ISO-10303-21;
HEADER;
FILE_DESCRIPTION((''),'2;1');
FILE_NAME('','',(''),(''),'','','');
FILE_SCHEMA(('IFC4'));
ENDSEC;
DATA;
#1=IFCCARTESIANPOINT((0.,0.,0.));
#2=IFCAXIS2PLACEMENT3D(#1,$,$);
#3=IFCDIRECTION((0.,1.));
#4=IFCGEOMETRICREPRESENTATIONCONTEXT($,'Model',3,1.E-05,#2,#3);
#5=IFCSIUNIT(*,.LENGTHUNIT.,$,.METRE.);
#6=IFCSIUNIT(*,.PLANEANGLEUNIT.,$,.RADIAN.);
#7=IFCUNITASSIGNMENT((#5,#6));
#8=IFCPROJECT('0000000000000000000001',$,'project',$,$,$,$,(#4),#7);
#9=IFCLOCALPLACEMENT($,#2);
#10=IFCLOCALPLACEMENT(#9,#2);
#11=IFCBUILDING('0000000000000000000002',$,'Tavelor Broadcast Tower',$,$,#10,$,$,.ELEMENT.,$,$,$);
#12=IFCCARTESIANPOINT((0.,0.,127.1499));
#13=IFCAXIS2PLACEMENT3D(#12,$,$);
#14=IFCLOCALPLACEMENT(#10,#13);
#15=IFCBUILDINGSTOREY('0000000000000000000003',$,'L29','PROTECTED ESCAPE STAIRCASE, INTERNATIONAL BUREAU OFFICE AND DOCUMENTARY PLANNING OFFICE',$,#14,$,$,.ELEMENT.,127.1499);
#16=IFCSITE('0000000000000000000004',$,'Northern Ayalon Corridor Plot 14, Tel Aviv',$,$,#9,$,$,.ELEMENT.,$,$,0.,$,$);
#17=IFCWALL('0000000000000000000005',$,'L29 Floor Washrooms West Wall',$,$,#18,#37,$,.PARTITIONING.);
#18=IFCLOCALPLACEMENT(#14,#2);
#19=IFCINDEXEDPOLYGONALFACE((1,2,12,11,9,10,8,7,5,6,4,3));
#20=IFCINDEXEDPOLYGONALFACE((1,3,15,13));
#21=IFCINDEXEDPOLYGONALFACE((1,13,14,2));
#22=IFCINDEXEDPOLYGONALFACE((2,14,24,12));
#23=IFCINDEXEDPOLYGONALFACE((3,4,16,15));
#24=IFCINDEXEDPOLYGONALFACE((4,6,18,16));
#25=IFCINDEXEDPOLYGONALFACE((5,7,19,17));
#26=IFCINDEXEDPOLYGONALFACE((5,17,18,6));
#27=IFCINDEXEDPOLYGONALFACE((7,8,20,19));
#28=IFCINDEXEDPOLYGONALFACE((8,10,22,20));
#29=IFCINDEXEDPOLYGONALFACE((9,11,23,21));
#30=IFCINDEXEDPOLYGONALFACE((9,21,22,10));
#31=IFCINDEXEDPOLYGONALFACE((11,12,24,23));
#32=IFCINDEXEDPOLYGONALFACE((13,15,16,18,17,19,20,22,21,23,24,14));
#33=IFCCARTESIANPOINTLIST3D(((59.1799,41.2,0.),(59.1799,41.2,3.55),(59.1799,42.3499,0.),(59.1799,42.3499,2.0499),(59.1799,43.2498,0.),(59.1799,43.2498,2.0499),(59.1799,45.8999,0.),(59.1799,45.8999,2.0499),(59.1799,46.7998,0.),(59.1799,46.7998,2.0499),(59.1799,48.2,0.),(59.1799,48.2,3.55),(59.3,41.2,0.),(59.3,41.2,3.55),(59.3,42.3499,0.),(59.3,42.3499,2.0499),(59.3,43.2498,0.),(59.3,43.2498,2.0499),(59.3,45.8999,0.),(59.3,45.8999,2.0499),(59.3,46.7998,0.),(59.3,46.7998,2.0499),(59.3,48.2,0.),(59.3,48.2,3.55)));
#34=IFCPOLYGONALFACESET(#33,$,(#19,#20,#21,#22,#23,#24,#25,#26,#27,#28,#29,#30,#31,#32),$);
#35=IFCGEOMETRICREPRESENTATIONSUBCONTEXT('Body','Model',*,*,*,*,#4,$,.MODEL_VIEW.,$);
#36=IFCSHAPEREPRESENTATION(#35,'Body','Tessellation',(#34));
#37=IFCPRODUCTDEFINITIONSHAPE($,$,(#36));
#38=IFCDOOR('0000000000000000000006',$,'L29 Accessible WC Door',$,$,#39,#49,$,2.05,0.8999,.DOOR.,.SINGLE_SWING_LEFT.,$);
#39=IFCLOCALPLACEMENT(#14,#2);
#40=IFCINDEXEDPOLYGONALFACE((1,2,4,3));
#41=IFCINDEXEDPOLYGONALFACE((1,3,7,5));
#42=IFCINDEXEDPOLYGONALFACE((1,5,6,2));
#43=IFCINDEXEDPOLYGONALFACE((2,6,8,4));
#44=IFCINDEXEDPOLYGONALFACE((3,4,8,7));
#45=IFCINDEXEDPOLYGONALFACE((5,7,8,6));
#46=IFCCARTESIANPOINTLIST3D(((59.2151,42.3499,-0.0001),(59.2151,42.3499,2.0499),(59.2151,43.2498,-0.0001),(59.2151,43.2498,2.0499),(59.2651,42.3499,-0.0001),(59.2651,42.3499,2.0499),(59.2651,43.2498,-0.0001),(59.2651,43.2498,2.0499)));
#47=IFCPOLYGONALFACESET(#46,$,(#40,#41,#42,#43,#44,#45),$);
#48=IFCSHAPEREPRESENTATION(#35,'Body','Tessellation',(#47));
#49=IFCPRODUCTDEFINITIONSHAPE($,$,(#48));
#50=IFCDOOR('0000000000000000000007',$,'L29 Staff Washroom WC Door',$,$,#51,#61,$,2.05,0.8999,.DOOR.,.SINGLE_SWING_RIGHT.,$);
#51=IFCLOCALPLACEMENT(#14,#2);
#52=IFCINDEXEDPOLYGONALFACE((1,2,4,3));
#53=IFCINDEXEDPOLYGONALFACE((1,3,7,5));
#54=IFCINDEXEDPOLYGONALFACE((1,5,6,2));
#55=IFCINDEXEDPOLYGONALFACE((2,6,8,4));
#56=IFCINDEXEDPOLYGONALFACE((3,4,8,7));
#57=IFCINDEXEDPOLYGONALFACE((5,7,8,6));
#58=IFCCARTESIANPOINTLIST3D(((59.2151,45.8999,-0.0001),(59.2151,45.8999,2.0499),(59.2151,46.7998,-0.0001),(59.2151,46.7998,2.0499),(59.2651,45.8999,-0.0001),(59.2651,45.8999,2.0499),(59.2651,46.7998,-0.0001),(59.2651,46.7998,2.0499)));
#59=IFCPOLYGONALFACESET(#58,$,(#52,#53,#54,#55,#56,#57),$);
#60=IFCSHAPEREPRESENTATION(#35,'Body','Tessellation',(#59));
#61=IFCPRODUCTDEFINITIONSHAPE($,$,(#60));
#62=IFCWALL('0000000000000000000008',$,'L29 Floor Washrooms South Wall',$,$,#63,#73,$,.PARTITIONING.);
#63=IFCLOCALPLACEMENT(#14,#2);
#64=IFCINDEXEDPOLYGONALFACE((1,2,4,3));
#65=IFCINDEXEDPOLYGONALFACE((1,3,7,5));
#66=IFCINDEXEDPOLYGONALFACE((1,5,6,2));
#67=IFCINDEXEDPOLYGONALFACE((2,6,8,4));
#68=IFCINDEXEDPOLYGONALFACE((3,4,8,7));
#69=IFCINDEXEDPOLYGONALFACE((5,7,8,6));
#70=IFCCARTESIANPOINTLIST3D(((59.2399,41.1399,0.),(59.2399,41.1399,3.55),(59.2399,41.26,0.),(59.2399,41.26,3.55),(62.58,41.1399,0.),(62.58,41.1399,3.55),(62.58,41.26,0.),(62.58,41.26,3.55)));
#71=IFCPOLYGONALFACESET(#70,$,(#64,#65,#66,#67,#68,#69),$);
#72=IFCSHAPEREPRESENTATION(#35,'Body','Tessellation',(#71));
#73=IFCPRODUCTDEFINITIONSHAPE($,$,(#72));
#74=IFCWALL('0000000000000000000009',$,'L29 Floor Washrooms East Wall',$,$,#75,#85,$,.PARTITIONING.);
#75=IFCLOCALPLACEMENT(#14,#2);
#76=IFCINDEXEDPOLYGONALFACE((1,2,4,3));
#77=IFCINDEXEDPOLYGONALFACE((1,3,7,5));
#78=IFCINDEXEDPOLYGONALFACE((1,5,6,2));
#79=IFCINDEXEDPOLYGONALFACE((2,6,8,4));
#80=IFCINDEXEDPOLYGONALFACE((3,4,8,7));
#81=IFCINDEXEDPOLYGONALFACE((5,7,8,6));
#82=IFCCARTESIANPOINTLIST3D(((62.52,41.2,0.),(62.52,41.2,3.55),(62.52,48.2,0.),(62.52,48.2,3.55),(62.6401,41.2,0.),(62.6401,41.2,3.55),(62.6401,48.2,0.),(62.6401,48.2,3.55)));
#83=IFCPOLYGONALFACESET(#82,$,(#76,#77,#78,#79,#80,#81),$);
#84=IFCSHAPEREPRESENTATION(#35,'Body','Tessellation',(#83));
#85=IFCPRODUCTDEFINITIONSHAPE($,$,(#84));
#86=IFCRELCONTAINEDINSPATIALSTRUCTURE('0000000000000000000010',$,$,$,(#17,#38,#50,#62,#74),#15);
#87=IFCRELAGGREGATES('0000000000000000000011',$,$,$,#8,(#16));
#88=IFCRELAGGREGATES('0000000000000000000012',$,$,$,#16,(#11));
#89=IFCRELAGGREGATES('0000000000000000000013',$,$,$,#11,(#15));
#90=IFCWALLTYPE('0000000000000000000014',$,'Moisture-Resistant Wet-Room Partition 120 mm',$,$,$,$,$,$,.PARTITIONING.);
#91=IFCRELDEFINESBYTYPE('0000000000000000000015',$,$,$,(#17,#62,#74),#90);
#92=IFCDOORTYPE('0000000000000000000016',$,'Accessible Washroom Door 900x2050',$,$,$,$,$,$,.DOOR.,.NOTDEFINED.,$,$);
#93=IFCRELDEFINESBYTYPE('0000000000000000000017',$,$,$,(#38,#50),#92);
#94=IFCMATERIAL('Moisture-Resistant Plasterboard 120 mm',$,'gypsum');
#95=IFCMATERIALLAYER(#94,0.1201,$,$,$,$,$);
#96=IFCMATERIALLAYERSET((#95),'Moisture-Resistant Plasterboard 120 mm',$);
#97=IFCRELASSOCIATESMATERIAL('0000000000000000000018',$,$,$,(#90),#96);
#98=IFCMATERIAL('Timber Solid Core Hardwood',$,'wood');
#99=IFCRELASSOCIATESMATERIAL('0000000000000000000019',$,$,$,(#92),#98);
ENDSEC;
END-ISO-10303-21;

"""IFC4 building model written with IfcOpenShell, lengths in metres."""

from ifc_helpers import new_model, si_unit, direction, frame, frame_2d, origin, place, context, subcontext, project, spatial, rectangle, extrude, material, layer, layer_set, type_object, element, fill, save


model = new_model("IFC4")

# Units and contexts
model_context = context("Model", 3, precision=1e-05, world=origin(), true_north=direction((0.0, 1.0)))
body_context = subcontext(model_context, "Body", "Model", "MODEL_VIEW")
ifc_project = project(units=[si_unit("LENGTHUNIT", "METRE"), si_unit("PLANEANGLEUNIT", "RADIAN")], contexts=[model_context])

# Site, building, storey
site_placement = place(None, origin())
site = spatial("IfcSite", under=ifc_project, at=site_placement, Name="Northern Ayalon Corridor Plot 14, Tel Aviv", CompositionType="ELEMENT", RefElevation=0.0)
building_placement = place(site_placement, origin())
building = spatial("IfcBuilding", under=site, at=building_placement, Name="Tavelor Broadcast Tower", CompositionType="ELEMENT")
storey_placement = place(building_placement, frame((0.0, 0.0, 127.1499)))
storey = spatial("IfcBuildingStorey", under=building, at=storey_placement, Name="L29", Description="PROTECTED ESCAPE STAIRCASE, INTERNATIONAL BUREAU OFFICE AND DOCUMENTARY PLANNING OFFICE", CompositionType="ELEMENT", Elevation=127.1499)

# Shared definitions
ifc_material_1 = material(Name="Timber Solid Core Hardwood", Category="wood")

# Wall, openings, doors
ifc_material_2 = material(Name="Moisture-Resistant Plasterboard 120 mm", Category="gypsum")
ifc_layer_1 = layer(ifc_material_2, 0.1201)
ifc_layer_set_1 = layer_set([ifc_layer_1], Name="Moisture-Resistant Plasterboard 120 mm")
wall_type_1 = type_object("IfcWallType", Name="Moisture-Resistant Wet-Room Partition 120 mm", PredefinedType="PARTITIONING", material=ifc_layer_set_1)
wall_1_placement = place(storey_placement, frame((59.24, 41.2, 0.0), z_axis=(0.0, 0.0, 1.0), x_axis=(0.0, 1.0, 0.0)))
wall_1 = element("IfcWall", 1, at=wall_1_placement, inside=storey, type_object=wall_type_1, Name="L29 Floor Washrooms West Wall", PredefinedType="PARTITIONING", context=body_context, shape_type="SweptSolid", body=[
    extrude(rectangle(XDim=7.0, YDim=0.1201, at=frame_2d((3.5, 0.0))), origin(), (0.0, 0.0, 1.0), 3.55),
])
opening_1_placement = place(wall_1_placement, frame((1.1499, 0.0, 0.0)))
opening_1 = element("IfcOpeningElement", 2, at=opening_1_placement, cuts=wall_1, PredefinedType="OPENING", context=body_context, shape_type="SweptSolid", body=[
    extrude(rectangle(XDim=0.8999, YDim=2.05, at=frame_2d((0.45, 1.0249))), frame((0.0, 0.0701, 0.0), z_axis=(0.0, -1.0, 0.0), x_axis=(1.0, 0.0, 0.0)), (0.0, 0.0, 1.0), 0.1401),
])
opening_2_placement = place(wall_1_placement, frame((4.7, 0.0, 0.0)))
opening_2 = element("IfcOpeningElement", 3, at=opening_2_placement, cuts=wall_1, PredefinedType="OPENING", context=body_context, shape_type="SweptSolid", body=[
    extrude(rectangle(XDim=0.8999, YDim=2.05, at=frame_2d((0.45, 1.0249))), frame((0.0, 0.0701, 0.0), z_axis=(0.0, -1.0, 0.0), x_axis=(1.0, 0.0, 0.0)), (0.0, 0.0, 1.0), 0.1401),
])
door_type_1 = type_object("IfcDoorType", Name="Accessible Washroom Door 900x2050", OperationType="NOTDEFINED", PredefinedType="DOOR", material=ifc_material_1)
door_1_placement = place(opening_1_placement, origin())
door_1 = element("IfcDoor", 4, at=door_1_placement, inside=storey, type_object=door_type_1, Name="L29 Accessible WC Door", OperationType="SINGLE_SWING_LEFT", OverallHeight=2.05, OverallWidth=0.8999, PredefinedType="DOOR", context=body_context, shape_type="SweptSolid", body=[
    extrude(rectangle(XDim=0.8999, YDim=2.05, at=frame_2d((0.45, 1.0249))), frame((0.0, 0.0249, 0.0), z_axis=(0.0, -1.0, 0.0), x_axis=(1.0, 0.0, 0.0)), (0.0, 0.0, 1.0), 0.05),
])
fill(opening_1, door_1)
door_2_placement = place(opening_2_placement, origin())
door_2 = element("IfcDoor", 5, at=door_2_placement, inside=storey, type_object=door_type_1, Name="L29 Staff Washroom WC Door", OperationType="SINGLE_SWING_RIGHT", OverallHeight=2.05, OverallWidth=0.8999, PredefinedType="DOOR", context=body_context, shape_type="SweptSolid", body=[
    extrude(rectangle(XDim=0.8999, YDim=2.05, at=frame_2d((0.45, 1.0249))), frame((0.0, 0.0249, 0.0), z_axis=(0.0, -1.0, 0.0), x_axis=(1.0, 0.0, 0.0)), (0.0, 0.0, 1.0), 0.05),
])
fill(opening_2, door_2)

# Walls
wall_2_placement = place(storey_placement, frame((59.24, 41.2, 0.0), z_axis=(0.0, 0.0, 1.0), x_axis=(1.0, 0.0, 0.0)))
element("IfcWall", 6, at=wall_2_placement, inside=storey, type_object=wall_type_1, Name="L29 Floor Washrooms South Wall", PredefinedType="PARTITIONING", context=body_context, shape_type="SweptSolid", body=[
    extrude(rectangle(XDim=3.3401, YDim=0.1201, at=frame_2d((1.6699, 0.0))), origin(), (0.0, 0.0, 1.0), 3.55),
])
wall_3_placement = place(storey_placement, frame((62.5801, 41.2, 0.0), z_axis=(0.0, 0.0, 1.0), x_axis=(0.0, 1.0, 0.0)))
element("IfcWall", 7, at=wall_3_placement, inside=storey, type_object=wall_type_1, Name="L29 Floor Washrooms East Wall", PredefinedType="PARTITIONING", context=body_context, shape_type="SweptSolid", body=[
    extrude(rectangle(XDim=7.0, YDim=0.1201, at=frame_2d((3.5, 0.0))), origin(), (0.0, 0.0, 1.0), 3.55),
])

save(model, "model.ifc")
